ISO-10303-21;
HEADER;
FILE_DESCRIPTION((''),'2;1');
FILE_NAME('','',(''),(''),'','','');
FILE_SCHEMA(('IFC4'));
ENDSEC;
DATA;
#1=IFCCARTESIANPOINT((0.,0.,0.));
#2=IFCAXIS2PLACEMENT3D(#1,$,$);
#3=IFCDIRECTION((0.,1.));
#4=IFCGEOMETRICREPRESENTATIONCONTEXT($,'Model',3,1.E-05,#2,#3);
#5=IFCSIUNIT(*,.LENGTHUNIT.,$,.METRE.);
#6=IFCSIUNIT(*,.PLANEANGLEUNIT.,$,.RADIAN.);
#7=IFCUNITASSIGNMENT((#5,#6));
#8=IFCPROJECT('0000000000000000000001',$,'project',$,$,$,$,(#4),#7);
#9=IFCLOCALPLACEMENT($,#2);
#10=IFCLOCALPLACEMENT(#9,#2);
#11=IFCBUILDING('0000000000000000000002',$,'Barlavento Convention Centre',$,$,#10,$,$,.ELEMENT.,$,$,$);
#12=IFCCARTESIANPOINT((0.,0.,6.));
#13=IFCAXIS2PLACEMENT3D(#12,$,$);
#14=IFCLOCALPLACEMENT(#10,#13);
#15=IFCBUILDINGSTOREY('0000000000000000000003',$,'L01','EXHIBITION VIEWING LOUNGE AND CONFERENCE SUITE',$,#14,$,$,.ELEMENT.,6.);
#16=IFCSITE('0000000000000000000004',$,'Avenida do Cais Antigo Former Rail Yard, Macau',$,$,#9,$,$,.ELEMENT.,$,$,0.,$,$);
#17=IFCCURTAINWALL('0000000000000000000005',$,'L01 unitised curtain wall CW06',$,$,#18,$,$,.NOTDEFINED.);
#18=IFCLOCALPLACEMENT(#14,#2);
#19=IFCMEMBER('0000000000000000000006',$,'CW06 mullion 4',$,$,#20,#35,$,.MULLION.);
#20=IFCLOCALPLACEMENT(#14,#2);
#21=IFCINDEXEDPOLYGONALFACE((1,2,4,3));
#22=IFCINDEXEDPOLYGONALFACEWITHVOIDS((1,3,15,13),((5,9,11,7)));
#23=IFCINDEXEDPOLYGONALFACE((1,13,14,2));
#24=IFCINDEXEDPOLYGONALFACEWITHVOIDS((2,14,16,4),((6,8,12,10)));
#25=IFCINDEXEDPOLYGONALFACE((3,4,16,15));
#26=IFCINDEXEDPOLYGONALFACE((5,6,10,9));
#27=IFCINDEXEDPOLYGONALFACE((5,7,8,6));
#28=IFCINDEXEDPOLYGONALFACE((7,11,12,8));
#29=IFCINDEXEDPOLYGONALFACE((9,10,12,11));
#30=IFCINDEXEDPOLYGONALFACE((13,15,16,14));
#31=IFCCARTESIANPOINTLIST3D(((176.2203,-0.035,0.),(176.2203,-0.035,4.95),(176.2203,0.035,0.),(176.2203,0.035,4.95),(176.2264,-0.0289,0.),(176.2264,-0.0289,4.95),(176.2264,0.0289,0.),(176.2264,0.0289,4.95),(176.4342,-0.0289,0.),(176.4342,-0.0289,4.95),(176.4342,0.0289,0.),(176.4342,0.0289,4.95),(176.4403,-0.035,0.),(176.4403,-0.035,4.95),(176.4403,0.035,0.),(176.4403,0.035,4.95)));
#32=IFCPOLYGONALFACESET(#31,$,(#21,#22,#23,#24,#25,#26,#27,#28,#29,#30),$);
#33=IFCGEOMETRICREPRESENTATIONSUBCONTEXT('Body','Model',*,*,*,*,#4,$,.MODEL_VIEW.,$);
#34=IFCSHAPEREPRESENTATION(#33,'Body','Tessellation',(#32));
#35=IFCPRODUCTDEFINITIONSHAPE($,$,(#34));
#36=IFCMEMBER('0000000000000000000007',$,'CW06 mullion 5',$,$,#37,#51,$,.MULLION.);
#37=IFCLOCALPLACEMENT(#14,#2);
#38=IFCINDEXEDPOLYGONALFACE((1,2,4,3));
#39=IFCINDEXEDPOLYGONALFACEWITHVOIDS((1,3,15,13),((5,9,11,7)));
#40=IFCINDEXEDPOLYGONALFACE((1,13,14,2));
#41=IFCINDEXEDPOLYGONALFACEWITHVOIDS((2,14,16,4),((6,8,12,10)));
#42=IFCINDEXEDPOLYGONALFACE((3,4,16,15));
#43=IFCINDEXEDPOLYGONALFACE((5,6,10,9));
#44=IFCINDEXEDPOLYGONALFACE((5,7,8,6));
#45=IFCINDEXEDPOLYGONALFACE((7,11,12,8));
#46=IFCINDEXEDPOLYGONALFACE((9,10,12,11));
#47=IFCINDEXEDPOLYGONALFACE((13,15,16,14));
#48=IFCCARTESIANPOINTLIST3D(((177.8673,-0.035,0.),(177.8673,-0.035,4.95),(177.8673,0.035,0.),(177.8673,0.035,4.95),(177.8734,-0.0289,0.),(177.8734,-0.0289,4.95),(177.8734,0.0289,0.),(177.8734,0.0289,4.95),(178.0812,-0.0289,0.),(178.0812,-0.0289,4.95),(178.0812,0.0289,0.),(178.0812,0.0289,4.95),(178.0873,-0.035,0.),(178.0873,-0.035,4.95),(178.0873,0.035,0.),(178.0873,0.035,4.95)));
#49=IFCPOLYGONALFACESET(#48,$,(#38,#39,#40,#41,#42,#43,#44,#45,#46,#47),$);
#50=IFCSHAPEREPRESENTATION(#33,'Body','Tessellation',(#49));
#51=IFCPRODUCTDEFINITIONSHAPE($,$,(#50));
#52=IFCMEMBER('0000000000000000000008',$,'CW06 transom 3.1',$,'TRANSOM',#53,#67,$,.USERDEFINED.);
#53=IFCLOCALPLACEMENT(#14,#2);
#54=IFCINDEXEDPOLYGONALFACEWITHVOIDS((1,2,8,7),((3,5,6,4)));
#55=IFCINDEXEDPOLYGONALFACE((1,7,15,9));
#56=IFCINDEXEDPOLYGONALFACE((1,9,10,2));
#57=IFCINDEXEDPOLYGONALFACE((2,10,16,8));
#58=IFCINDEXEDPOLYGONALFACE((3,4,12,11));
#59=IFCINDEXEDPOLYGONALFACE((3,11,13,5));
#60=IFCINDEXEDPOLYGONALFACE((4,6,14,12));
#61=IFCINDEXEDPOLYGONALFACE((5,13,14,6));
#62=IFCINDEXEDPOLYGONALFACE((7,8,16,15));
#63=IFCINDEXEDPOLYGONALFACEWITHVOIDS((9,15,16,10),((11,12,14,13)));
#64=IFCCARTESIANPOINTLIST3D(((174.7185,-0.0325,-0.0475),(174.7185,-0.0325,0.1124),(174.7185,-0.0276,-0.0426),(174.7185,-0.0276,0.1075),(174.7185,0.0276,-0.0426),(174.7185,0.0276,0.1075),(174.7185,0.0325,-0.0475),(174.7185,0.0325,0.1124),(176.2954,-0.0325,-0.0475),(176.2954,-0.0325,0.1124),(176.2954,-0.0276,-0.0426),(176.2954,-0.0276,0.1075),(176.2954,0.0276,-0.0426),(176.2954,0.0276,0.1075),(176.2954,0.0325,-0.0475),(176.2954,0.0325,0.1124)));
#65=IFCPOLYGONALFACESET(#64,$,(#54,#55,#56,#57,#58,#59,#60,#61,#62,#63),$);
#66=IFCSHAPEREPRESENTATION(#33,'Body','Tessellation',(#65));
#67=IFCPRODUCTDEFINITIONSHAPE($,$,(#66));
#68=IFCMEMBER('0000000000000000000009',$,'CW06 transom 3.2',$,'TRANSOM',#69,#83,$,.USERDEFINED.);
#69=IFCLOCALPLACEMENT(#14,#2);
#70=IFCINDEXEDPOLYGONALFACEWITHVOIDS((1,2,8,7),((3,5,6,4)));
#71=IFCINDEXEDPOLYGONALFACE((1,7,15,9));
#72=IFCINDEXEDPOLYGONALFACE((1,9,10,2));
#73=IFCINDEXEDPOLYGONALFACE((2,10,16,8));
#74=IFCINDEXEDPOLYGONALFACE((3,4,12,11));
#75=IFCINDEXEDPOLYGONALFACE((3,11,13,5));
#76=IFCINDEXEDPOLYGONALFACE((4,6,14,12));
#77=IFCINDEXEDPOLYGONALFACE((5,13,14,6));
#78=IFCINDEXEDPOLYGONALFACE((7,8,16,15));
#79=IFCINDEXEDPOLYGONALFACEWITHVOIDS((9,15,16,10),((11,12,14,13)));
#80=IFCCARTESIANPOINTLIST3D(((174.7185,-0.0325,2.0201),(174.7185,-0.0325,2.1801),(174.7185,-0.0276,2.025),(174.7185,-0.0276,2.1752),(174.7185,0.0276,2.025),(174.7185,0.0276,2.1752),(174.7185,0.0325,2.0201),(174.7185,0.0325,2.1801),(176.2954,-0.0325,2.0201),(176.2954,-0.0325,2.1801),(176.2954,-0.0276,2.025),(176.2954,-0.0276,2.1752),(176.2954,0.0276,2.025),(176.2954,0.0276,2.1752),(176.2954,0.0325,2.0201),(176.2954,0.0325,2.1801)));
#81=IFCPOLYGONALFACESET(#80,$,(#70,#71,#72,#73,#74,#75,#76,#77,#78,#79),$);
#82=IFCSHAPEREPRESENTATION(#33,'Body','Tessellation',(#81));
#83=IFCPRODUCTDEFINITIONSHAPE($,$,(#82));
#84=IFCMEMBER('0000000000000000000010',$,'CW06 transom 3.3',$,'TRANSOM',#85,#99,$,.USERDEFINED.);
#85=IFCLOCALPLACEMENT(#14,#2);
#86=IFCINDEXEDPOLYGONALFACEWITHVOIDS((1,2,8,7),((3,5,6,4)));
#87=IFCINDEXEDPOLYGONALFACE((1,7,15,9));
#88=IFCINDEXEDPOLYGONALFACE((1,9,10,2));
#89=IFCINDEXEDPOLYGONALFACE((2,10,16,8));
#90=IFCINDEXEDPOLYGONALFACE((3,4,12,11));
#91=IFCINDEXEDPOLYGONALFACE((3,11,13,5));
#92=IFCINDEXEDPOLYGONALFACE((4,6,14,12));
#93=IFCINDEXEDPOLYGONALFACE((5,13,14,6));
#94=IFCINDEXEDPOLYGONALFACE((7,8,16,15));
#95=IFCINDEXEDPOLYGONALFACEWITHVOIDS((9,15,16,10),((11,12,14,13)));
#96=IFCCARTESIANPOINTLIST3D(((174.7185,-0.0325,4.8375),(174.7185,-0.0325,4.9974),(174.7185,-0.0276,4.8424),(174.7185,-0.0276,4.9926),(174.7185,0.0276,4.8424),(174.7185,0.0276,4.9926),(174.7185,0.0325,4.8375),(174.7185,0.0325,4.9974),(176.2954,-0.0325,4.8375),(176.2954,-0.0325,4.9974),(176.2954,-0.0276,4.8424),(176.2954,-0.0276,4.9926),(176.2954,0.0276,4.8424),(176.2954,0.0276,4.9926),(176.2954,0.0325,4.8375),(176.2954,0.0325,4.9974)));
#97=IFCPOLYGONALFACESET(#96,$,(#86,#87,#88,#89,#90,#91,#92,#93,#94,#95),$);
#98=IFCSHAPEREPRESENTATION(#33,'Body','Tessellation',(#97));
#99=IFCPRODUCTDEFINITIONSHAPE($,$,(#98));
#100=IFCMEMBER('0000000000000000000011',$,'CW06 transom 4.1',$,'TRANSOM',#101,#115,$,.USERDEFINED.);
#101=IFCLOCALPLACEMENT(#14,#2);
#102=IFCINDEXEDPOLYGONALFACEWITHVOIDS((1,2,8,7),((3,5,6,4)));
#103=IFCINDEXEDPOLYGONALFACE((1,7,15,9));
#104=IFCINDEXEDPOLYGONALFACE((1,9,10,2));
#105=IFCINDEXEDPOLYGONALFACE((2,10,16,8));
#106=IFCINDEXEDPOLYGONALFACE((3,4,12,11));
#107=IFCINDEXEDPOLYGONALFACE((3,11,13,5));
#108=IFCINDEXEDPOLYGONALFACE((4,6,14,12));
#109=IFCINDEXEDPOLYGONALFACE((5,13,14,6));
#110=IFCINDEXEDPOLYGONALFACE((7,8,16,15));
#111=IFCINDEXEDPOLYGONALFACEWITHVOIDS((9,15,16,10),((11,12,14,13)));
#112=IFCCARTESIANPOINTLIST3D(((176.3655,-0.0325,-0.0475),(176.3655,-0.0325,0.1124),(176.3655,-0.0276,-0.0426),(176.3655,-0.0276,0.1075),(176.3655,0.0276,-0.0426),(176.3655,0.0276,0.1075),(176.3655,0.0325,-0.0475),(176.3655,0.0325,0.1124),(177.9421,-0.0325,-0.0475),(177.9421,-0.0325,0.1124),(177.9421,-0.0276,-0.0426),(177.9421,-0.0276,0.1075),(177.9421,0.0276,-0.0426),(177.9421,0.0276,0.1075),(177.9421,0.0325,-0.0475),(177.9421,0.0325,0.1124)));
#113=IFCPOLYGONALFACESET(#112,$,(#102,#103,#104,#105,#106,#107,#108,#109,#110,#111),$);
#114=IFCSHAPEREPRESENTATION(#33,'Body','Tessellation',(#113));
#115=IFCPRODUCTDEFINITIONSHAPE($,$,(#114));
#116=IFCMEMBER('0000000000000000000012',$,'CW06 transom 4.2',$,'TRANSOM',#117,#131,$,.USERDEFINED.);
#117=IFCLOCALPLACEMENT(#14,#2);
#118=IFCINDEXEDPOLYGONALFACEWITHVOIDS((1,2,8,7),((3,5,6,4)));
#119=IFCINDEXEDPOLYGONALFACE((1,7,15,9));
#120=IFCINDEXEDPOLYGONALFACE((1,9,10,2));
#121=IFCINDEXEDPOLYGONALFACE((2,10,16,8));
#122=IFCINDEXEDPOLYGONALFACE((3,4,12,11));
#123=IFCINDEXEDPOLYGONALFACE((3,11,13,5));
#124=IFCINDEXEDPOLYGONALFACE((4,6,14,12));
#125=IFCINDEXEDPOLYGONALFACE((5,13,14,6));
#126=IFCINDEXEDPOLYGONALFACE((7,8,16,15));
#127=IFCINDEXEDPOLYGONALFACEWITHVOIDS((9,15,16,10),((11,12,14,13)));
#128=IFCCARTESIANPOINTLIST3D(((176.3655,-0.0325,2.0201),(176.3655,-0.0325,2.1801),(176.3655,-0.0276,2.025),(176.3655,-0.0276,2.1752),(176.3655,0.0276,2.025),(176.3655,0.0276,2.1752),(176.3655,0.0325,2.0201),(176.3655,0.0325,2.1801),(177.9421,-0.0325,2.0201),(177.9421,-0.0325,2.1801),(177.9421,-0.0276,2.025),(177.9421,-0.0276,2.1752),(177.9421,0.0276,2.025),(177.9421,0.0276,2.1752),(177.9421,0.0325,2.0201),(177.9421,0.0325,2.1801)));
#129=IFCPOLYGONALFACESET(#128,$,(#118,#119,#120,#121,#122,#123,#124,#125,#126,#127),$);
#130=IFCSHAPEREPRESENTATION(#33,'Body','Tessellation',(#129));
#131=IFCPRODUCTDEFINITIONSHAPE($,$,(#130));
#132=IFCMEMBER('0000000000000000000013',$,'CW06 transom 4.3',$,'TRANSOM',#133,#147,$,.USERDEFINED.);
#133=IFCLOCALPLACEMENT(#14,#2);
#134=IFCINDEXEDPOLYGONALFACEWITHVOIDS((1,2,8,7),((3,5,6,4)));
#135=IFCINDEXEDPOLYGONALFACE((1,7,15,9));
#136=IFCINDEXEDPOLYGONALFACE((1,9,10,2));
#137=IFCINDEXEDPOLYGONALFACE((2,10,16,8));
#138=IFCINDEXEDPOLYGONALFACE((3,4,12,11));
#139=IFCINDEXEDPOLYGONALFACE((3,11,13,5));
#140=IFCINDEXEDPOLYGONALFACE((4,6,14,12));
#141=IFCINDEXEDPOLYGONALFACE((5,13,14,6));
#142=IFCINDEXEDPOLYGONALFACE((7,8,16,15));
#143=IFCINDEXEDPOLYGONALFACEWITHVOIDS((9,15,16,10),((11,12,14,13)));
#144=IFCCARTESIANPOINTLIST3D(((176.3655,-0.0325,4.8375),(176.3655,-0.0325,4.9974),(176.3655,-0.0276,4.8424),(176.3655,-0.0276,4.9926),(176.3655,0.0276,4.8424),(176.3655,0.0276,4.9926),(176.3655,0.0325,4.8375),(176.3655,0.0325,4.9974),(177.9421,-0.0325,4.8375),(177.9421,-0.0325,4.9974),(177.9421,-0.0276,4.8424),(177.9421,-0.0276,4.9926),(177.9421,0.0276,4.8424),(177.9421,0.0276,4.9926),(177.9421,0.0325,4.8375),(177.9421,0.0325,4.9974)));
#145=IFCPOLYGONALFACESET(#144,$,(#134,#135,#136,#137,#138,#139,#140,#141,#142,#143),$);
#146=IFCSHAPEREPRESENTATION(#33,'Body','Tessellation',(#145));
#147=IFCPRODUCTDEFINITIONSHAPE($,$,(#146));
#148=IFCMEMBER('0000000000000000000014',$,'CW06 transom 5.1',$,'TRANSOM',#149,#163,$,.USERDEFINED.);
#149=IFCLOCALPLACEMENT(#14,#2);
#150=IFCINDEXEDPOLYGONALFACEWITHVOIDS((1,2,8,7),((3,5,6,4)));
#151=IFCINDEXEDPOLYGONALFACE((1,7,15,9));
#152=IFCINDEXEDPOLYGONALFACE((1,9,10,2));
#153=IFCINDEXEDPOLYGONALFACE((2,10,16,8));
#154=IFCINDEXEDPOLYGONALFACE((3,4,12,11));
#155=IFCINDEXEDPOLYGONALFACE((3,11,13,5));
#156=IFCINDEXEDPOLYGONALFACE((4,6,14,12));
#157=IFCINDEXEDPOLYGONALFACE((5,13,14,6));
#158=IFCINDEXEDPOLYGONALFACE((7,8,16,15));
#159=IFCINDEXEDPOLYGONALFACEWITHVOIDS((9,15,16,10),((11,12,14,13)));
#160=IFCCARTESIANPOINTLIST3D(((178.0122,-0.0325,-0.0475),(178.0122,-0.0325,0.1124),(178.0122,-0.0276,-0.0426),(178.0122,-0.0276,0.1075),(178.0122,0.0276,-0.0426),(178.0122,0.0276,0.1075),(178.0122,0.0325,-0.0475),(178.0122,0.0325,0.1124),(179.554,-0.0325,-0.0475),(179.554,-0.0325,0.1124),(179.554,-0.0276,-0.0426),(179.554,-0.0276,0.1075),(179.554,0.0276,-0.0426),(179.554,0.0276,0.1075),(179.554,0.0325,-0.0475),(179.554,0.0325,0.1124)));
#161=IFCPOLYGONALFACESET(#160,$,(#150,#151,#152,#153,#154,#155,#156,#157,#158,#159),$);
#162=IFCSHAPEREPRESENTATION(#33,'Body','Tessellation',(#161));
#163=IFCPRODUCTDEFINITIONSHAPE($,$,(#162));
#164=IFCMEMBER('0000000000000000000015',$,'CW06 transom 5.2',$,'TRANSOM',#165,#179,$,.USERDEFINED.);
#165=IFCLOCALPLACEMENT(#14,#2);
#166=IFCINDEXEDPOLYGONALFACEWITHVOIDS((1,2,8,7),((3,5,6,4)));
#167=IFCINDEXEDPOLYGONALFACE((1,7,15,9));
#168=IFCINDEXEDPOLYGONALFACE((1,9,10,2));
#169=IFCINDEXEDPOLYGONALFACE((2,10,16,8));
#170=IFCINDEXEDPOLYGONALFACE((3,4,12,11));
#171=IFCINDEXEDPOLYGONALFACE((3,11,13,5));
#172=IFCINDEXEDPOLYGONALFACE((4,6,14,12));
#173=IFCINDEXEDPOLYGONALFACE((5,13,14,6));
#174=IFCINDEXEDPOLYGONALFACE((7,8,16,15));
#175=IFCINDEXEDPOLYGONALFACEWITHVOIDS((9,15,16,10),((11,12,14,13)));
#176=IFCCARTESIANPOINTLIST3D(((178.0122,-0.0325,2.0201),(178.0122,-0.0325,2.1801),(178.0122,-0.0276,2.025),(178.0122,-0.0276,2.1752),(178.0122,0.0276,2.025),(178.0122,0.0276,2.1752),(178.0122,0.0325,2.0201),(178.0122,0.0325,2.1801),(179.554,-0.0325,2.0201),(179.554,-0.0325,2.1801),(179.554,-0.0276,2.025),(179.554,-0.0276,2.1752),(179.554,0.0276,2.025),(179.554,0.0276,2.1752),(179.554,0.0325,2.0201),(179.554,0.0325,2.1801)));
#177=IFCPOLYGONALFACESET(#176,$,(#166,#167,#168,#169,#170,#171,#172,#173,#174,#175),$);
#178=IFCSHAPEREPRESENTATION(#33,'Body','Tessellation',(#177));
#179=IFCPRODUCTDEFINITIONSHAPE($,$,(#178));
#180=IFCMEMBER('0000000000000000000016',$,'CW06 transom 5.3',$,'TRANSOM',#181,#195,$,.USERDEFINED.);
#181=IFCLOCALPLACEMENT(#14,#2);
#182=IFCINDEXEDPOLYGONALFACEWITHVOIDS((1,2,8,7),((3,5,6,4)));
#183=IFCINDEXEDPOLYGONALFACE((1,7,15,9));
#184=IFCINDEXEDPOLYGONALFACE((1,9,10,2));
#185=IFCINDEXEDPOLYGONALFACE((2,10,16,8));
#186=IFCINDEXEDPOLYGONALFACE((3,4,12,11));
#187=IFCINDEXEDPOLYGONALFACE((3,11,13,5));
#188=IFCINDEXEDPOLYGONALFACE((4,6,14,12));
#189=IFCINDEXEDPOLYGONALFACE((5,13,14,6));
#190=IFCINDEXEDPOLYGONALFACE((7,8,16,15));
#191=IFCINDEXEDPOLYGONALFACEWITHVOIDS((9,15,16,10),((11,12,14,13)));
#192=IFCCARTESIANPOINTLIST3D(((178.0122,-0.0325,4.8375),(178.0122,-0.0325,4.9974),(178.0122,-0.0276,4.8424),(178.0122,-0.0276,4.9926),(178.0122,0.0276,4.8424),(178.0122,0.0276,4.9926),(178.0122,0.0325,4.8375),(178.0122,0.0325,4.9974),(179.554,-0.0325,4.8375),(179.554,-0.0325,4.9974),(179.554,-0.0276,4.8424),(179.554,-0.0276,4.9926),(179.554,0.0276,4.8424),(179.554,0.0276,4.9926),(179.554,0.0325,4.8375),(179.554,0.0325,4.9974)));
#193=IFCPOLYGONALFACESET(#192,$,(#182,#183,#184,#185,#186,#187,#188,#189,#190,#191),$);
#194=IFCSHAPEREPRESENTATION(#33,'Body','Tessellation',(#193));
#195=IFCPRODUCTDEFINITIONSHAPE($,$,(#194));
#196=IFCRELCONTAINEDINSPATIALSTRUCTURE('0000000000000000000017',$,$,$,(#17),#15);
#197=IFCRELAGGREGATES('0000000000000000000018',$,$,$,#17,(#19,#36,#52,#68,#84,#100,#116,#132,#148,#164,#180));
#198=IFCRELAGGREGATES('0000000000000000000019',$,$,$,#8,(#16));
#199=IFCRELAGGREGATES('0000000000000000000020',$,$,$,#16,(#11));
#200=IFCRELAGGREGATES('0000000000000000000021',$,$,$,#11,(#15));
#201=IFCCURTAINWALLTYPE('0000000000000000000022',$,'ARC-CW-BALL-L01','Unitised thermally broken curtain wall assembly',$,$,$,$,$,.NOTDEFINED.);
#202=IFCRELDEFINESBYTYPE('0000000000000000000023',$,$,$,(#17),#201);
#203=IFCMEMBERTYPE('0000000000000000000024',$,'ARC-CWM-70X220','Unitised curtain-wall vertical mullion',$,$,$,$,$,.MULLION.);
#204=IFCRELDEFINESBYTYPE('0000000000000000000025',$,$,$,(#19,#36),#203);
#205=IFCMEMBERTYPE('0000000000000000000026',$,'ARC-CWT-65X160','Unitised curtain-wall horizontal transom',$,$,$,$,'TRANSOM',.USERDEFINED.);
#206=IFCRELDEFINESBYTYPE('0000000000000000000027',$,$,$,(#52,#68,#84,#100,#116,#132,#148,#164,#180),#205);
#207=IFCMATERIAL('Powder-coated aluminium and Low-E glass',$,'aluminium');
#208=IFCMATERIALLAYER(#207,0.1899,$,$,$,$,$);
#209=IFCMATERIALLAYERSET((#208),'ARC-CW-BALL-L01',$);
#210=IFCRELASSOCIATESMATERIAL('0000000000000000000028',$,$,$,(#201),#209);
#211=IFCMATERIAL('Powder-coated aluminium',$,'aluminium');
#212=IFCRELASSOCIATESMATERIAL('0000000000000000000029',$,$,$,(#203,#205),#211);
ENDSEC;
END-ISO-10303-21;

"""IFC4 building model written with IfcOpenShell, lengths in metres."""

from ifc_helpers import new_model, si_unit, direction, frame, origin, origin_2d, place, context, subcontext, project, spatial, hollow_rectangle, extrude, material, layer, layer_set, material_profile, profile_set, type_object, element, aggregate, save


model = new_model("IFC4")

# Units and contexts
model_context = context("Model", 3, precision=1e-05, world=origin(), true_north=direction((0.0, 1.0)))
body_context = subcontext(model_context, "Body", "Model", "MODEL_VIEW")
ifc_project = project(units=[si_unit("LENGTHUNIT", "METRE"), si_unit("PLANEANGLEUNIT", "RADIAN")], contexts=[model_context])

# Site, building, storey
site_placement = place(None, origin())
site = spatial("IfcSite", under=ifc_project, at=site_placement, Name="Avenida do Cais Antigo Former Rail Yard, Macau", CompositionType="ELEMENT", RefElevation=0.0)
building_placement = place(site_placement, origin())
building = spatial("IfcBuilding", under=site, at=building_placement, Name="Barlavento Convention Centre", CompositionType="ELEMENT")
storey_placement = place(building_placement, frame((0.0, 0.0, 6.0)))
storey = spatial("IfcBuildingStorey", under=building, at=storey_placement, Name="L01", Description="EXHIBITION VIEWING LOUNGE AND CONFERENCE SUITE", CompositionType="ELEMENT", Elevation=6.0)

# Curtain wall, members
ifc_material_1 = material(Name="Powder-coated aluminium and Low-E glass", Category="aluminium")
ifc_layer_1 = layer(ifc_material_1, 0.1899)
ifc_layer_set_1 = layer_set([ifc_layer_1], Name="ARC-CW-BALL-L01")
curtain_wall_type = type_object("IfcCurtainWallType", Name="ARC-CW-BALL-L01", Description="Unitised thermally broken curtain wall assembly", PredefinedType="NOTDEFINED", material=ifc_layer_set_1)
curtain_wall_placement = place(storey_placement, origin())
curtain_wall = element("IfcCurtainWall", 1, at=curtain_wall_placement, inside=storey, type_object=curtain_wall_type, Name="L01 unitised curtain wall CW06", PredefinedType="NOTDEFINED")
ifc_material_2 = material(Name="Powder-coated aluminium", Category="aluminium")
ifc_material_profile_1 = material_profile(ifc_material_2, hollow_rectangle(XDim=0.0701, YDim=0.22, WallThickness=0.0061, at=origin_2d()), Name="AL-MULL 70x220x6")
ifc_profile_set_1 = profile_set([ifc_material_profile_1], Name="Powder-coated aluminium")
member_type_1 = type_object("IfcMemberType", Name="ARC-CWM-70X220", Description="Unitised curtain-wall vertical mullion", PredefinedType="MULLION", material=ifc_profile_set_1)
member_1_placement = place(storey_placement, frame((176.3303, 0.0, 0.0), z_axis=(0.0, 0.0, 1.0), x_axis=(0.0, 1.0, 0.0)))
member_1 = element("IfcMember", 2, at=member_1_placement, type_object=member_type_1, Name="CW06 mullion 4", PredefinedType="MULLION", context=body_context, shape_type="SweptSolid", body=[
    extrude(hollow_rectangle(XDim=0.0701, YDim=0.22, WallThickness=0.0061, at=origin_2d()), origin(), (0.0, 0.0, 1.0), 4.95),
])
member_2_placement = place(storey_placement, frame((177.9773, 0.0, 0.0), z_axis=(0.0, 0.0, 1.0), x_axis=(0.0, 1.0, 0.0)))
member_2 = element("IfcMember", 3, at=member_2_placement, type_object=member_type_1, Name="CW06 mullion 5", PredefinedType="MULLION", context=body_context, shape_type="SweptSolid", body=[
    extrude(hollow_rectangle(XDim=0.0701, YDim=0.22, WallThickness=0.0061, at=origin_2d()), origin(), (0.0, 0.0, 1.0), 4.95),
])
ifc_material_profile_2 = material_profile(ifc_material_2, hollow_rectangle(XDim=0.0649, YDim=0.1599, WallThickness=0.0049, at=origin_2d()), Name="AL-TRAN 65x160x5")
ifc_profile_set_2 = profile_set([ifc_material_profile_2], Name="Powder-coated aluminium")
member_type_2 = type_object("IfcMemberType", Name="ARC-CWT-65X160", Description="Unitised curtain-wall horizontal transom", ElementType="TRANSOM", PredefinedType="USERDEFINED", material=ifc_profile_set_2)
member_3_placement = place(storey_placement, frame((174.7185, 0.0, 0.0325), z_axis=(1.0, 0.0, 0.0), x_axis=(0.0, 1.0, 0.0)))
member_3 = element("IfcMember", 4, at=member_3_placement, type_object=member_type_2, Name="CW06 transom 3.1", ObjectType="TRANSOM", PredefinedType="USERDEFINED", context=body_context, shape_type="SweptSolid", body=[
    extrude(hollow_rectangle(XDim=0.0649, YDim=0.1599, WallThickness=0.0049, at=origin_2d()), origin(), (0.0, 0.0, 1.0), 1.5769),
])
member_4_placement = place(storey_placement, frame((174.7185, 0.0, 2.1001), z_axis=(1.0, 0.0, 0.0), x_axis=(0.0, 1.0, 0.0)))
member_4 = element("IfcMember", 5, at=member_4_placement, type_object=member_type_2, Name="CW06 transom 3.2", ObjectType="TRANSOM", PredefinedType="USERDEFINED", context=body_context, shape_type="SweptSolid", body=[
    extrude(hollow_rectangle(XDim=0.0649, YDim=0.1599, WallThickness=0.0049, at=origin_2d()), origin(), (0.0, 0.0, 1.0), 1.5769),
])
member_5_placement = place(storey_placement, frame((174.7185, 0.0, 4.9175), z_axis=(1.0, 0.0, 0.0), x_axis=(0.0, 1.0, 0.0)))
member_5 = element("IfcMember", 6, at=member_5_placement, type_object=member_type_2, Name="CW06 transom 3.3", ObjectType="TRANSOM", PredefinedType="USERDEFINED", context=body_context, shape_type="SweptSolid", body=[
    extrude(hollow_rectangle(XDim=0.0649, YDim=0.1599, WallThickness=0.0049, at=origin_2d()), origin(), (0.0, 0.0, 1.0), 1.5769),
])
member_6_placement = place(storey_placement, frame((176.3655, 0.0, 0.0325), z_axis=(1.0, 0.0, 0.0), x_axis=(0.0, 1.0, 0.0)))
member_6 = element("IfcMember", 7, at=member_6_placement, type_object=member_type_2, Name="CW06 transom 4.1", ObjectType="TRANSOM", PredefinedType="USERDEFINED", context=body_context, shape_type="SweptSolid", body=[
    extrude(hollow_rectangle(XDim=0.0649, YDim=0.1599, WallThickness=0.0049, at=origin_2d()), origin(), (0.0, 0.0, 1.0), 1.5767),
])
member_7_placement = place(storey_placement, frame((176.3655, 0.0, 2.1001), z_axis=(1.0, 0.0, 0.0), x_axis=(0.0, 1.0, 0.0)))
member_7 = element("IfcMember", 8, at=member_7_placement, type_object=member_type_2, Name="CW06 transom 4.2", ObjectType="TRANSOM", PredefinedType="USERDEFINED", context=body_context, shape_type="SweptSolid", body=[
    extrude(hollow_rectangle(XDim=0.0649, YDim=0.1599, WallThickness=0.0049, at=origin_2d()), origin(), (0.0, 0.0, 1.0), 1.5767),
])
member_8_placement = place(storey_placement, frame((176.3655, 0.0, 4.9175), z_axis=(1.0, 0.0, 0.0), x_axis=(0.0, 1.0, 0.0)))
member_8 = element("IfcMember", 9, at=member_8_placement, type_object=member_type_2, Name="CW06 transom 4.3", ObjectType="TRANSOM", PredefinedType="USERDEFINED", context=body_context, shape_type="SweptSolid", body=[
    extrude(hollow_rectangle(XDim=0.0649, YDim=0.1599, WallThickness=0.0049, at=origin_2d()), origin(), (0.0, 0.0, 1.0), 1.5767),
])
member_9_placement = place(storey_placement, frame((178.0122, 0.0, 0.0325), z_axis=(1.0, 0.0, 0.0), x_axis=(0.0, 1.0, 0.0)))
member_9 = element("IfcMember", 10, at=member_9_placement, type_object=member_type_2, Name="CW06 transom 5.1", ObjectType="TRANSOM", PredefinedType="USERDEFINED", context=body_context, shape_type="SweptSolid", body=[
    extrude(hollow_rectangle(XDim=0.0649, YDim=0.1599, WallThickness=0.0049, at=origin_2d()), origin(), (0.0, 0.0, 1.0), 1.5417),
])
member_10_placement = place(storey_placement, frame((178.0122, 0.0, 2.1001), z_axis=(1.0, 0.0, 0.0), x_axis=(0.0, 1.0, 0.0)))
member_10 = element("IfcMember", 11, at=member_10_placement, type_object=member_type_2, Name="CW06 transom 5.2", ObjectType="TRANSOM", PredefinedType="USERDEFINED", context=body_context, shape_type="SweptSolid", body=[
    extrude(hollow_rectangle(XDim=0.0649, YDim=0.1599, WallThickness=0.0049, at=origin_2d()), origin(), (0.0, 0.0, 1.0), 1.5417),
])
member_11_placement = place(storey_placement, frame((178.0122, 0.0, 4.9175), z_axis=(1.0, 0.0, 0.0), x_axis=(0.0, 1.0, 0.0)))
member_11 = element("IfcMember", 12, at=member_11_placement, type_object=member_type_2, Name="CW06 transom 5.3", ObjectType="TRANSOM", PredefinedType="USERDEFINED", context=body_context, shape_type="SweptSolid", body=[
    extrude(hollow_rectangle(XDim=0.0649, YDim=0.1599, WallThickness=0.0049, at=origin_2d()), origin(), (0.0, 0.0, 1.0), 1.5417),
])
aggregate(curtain_wall, [member_1, member_2, member_3, member_4, member_5, member_6, member_7, member_8, member_9, member_10, member_11])

save(model, "model.ifc")
